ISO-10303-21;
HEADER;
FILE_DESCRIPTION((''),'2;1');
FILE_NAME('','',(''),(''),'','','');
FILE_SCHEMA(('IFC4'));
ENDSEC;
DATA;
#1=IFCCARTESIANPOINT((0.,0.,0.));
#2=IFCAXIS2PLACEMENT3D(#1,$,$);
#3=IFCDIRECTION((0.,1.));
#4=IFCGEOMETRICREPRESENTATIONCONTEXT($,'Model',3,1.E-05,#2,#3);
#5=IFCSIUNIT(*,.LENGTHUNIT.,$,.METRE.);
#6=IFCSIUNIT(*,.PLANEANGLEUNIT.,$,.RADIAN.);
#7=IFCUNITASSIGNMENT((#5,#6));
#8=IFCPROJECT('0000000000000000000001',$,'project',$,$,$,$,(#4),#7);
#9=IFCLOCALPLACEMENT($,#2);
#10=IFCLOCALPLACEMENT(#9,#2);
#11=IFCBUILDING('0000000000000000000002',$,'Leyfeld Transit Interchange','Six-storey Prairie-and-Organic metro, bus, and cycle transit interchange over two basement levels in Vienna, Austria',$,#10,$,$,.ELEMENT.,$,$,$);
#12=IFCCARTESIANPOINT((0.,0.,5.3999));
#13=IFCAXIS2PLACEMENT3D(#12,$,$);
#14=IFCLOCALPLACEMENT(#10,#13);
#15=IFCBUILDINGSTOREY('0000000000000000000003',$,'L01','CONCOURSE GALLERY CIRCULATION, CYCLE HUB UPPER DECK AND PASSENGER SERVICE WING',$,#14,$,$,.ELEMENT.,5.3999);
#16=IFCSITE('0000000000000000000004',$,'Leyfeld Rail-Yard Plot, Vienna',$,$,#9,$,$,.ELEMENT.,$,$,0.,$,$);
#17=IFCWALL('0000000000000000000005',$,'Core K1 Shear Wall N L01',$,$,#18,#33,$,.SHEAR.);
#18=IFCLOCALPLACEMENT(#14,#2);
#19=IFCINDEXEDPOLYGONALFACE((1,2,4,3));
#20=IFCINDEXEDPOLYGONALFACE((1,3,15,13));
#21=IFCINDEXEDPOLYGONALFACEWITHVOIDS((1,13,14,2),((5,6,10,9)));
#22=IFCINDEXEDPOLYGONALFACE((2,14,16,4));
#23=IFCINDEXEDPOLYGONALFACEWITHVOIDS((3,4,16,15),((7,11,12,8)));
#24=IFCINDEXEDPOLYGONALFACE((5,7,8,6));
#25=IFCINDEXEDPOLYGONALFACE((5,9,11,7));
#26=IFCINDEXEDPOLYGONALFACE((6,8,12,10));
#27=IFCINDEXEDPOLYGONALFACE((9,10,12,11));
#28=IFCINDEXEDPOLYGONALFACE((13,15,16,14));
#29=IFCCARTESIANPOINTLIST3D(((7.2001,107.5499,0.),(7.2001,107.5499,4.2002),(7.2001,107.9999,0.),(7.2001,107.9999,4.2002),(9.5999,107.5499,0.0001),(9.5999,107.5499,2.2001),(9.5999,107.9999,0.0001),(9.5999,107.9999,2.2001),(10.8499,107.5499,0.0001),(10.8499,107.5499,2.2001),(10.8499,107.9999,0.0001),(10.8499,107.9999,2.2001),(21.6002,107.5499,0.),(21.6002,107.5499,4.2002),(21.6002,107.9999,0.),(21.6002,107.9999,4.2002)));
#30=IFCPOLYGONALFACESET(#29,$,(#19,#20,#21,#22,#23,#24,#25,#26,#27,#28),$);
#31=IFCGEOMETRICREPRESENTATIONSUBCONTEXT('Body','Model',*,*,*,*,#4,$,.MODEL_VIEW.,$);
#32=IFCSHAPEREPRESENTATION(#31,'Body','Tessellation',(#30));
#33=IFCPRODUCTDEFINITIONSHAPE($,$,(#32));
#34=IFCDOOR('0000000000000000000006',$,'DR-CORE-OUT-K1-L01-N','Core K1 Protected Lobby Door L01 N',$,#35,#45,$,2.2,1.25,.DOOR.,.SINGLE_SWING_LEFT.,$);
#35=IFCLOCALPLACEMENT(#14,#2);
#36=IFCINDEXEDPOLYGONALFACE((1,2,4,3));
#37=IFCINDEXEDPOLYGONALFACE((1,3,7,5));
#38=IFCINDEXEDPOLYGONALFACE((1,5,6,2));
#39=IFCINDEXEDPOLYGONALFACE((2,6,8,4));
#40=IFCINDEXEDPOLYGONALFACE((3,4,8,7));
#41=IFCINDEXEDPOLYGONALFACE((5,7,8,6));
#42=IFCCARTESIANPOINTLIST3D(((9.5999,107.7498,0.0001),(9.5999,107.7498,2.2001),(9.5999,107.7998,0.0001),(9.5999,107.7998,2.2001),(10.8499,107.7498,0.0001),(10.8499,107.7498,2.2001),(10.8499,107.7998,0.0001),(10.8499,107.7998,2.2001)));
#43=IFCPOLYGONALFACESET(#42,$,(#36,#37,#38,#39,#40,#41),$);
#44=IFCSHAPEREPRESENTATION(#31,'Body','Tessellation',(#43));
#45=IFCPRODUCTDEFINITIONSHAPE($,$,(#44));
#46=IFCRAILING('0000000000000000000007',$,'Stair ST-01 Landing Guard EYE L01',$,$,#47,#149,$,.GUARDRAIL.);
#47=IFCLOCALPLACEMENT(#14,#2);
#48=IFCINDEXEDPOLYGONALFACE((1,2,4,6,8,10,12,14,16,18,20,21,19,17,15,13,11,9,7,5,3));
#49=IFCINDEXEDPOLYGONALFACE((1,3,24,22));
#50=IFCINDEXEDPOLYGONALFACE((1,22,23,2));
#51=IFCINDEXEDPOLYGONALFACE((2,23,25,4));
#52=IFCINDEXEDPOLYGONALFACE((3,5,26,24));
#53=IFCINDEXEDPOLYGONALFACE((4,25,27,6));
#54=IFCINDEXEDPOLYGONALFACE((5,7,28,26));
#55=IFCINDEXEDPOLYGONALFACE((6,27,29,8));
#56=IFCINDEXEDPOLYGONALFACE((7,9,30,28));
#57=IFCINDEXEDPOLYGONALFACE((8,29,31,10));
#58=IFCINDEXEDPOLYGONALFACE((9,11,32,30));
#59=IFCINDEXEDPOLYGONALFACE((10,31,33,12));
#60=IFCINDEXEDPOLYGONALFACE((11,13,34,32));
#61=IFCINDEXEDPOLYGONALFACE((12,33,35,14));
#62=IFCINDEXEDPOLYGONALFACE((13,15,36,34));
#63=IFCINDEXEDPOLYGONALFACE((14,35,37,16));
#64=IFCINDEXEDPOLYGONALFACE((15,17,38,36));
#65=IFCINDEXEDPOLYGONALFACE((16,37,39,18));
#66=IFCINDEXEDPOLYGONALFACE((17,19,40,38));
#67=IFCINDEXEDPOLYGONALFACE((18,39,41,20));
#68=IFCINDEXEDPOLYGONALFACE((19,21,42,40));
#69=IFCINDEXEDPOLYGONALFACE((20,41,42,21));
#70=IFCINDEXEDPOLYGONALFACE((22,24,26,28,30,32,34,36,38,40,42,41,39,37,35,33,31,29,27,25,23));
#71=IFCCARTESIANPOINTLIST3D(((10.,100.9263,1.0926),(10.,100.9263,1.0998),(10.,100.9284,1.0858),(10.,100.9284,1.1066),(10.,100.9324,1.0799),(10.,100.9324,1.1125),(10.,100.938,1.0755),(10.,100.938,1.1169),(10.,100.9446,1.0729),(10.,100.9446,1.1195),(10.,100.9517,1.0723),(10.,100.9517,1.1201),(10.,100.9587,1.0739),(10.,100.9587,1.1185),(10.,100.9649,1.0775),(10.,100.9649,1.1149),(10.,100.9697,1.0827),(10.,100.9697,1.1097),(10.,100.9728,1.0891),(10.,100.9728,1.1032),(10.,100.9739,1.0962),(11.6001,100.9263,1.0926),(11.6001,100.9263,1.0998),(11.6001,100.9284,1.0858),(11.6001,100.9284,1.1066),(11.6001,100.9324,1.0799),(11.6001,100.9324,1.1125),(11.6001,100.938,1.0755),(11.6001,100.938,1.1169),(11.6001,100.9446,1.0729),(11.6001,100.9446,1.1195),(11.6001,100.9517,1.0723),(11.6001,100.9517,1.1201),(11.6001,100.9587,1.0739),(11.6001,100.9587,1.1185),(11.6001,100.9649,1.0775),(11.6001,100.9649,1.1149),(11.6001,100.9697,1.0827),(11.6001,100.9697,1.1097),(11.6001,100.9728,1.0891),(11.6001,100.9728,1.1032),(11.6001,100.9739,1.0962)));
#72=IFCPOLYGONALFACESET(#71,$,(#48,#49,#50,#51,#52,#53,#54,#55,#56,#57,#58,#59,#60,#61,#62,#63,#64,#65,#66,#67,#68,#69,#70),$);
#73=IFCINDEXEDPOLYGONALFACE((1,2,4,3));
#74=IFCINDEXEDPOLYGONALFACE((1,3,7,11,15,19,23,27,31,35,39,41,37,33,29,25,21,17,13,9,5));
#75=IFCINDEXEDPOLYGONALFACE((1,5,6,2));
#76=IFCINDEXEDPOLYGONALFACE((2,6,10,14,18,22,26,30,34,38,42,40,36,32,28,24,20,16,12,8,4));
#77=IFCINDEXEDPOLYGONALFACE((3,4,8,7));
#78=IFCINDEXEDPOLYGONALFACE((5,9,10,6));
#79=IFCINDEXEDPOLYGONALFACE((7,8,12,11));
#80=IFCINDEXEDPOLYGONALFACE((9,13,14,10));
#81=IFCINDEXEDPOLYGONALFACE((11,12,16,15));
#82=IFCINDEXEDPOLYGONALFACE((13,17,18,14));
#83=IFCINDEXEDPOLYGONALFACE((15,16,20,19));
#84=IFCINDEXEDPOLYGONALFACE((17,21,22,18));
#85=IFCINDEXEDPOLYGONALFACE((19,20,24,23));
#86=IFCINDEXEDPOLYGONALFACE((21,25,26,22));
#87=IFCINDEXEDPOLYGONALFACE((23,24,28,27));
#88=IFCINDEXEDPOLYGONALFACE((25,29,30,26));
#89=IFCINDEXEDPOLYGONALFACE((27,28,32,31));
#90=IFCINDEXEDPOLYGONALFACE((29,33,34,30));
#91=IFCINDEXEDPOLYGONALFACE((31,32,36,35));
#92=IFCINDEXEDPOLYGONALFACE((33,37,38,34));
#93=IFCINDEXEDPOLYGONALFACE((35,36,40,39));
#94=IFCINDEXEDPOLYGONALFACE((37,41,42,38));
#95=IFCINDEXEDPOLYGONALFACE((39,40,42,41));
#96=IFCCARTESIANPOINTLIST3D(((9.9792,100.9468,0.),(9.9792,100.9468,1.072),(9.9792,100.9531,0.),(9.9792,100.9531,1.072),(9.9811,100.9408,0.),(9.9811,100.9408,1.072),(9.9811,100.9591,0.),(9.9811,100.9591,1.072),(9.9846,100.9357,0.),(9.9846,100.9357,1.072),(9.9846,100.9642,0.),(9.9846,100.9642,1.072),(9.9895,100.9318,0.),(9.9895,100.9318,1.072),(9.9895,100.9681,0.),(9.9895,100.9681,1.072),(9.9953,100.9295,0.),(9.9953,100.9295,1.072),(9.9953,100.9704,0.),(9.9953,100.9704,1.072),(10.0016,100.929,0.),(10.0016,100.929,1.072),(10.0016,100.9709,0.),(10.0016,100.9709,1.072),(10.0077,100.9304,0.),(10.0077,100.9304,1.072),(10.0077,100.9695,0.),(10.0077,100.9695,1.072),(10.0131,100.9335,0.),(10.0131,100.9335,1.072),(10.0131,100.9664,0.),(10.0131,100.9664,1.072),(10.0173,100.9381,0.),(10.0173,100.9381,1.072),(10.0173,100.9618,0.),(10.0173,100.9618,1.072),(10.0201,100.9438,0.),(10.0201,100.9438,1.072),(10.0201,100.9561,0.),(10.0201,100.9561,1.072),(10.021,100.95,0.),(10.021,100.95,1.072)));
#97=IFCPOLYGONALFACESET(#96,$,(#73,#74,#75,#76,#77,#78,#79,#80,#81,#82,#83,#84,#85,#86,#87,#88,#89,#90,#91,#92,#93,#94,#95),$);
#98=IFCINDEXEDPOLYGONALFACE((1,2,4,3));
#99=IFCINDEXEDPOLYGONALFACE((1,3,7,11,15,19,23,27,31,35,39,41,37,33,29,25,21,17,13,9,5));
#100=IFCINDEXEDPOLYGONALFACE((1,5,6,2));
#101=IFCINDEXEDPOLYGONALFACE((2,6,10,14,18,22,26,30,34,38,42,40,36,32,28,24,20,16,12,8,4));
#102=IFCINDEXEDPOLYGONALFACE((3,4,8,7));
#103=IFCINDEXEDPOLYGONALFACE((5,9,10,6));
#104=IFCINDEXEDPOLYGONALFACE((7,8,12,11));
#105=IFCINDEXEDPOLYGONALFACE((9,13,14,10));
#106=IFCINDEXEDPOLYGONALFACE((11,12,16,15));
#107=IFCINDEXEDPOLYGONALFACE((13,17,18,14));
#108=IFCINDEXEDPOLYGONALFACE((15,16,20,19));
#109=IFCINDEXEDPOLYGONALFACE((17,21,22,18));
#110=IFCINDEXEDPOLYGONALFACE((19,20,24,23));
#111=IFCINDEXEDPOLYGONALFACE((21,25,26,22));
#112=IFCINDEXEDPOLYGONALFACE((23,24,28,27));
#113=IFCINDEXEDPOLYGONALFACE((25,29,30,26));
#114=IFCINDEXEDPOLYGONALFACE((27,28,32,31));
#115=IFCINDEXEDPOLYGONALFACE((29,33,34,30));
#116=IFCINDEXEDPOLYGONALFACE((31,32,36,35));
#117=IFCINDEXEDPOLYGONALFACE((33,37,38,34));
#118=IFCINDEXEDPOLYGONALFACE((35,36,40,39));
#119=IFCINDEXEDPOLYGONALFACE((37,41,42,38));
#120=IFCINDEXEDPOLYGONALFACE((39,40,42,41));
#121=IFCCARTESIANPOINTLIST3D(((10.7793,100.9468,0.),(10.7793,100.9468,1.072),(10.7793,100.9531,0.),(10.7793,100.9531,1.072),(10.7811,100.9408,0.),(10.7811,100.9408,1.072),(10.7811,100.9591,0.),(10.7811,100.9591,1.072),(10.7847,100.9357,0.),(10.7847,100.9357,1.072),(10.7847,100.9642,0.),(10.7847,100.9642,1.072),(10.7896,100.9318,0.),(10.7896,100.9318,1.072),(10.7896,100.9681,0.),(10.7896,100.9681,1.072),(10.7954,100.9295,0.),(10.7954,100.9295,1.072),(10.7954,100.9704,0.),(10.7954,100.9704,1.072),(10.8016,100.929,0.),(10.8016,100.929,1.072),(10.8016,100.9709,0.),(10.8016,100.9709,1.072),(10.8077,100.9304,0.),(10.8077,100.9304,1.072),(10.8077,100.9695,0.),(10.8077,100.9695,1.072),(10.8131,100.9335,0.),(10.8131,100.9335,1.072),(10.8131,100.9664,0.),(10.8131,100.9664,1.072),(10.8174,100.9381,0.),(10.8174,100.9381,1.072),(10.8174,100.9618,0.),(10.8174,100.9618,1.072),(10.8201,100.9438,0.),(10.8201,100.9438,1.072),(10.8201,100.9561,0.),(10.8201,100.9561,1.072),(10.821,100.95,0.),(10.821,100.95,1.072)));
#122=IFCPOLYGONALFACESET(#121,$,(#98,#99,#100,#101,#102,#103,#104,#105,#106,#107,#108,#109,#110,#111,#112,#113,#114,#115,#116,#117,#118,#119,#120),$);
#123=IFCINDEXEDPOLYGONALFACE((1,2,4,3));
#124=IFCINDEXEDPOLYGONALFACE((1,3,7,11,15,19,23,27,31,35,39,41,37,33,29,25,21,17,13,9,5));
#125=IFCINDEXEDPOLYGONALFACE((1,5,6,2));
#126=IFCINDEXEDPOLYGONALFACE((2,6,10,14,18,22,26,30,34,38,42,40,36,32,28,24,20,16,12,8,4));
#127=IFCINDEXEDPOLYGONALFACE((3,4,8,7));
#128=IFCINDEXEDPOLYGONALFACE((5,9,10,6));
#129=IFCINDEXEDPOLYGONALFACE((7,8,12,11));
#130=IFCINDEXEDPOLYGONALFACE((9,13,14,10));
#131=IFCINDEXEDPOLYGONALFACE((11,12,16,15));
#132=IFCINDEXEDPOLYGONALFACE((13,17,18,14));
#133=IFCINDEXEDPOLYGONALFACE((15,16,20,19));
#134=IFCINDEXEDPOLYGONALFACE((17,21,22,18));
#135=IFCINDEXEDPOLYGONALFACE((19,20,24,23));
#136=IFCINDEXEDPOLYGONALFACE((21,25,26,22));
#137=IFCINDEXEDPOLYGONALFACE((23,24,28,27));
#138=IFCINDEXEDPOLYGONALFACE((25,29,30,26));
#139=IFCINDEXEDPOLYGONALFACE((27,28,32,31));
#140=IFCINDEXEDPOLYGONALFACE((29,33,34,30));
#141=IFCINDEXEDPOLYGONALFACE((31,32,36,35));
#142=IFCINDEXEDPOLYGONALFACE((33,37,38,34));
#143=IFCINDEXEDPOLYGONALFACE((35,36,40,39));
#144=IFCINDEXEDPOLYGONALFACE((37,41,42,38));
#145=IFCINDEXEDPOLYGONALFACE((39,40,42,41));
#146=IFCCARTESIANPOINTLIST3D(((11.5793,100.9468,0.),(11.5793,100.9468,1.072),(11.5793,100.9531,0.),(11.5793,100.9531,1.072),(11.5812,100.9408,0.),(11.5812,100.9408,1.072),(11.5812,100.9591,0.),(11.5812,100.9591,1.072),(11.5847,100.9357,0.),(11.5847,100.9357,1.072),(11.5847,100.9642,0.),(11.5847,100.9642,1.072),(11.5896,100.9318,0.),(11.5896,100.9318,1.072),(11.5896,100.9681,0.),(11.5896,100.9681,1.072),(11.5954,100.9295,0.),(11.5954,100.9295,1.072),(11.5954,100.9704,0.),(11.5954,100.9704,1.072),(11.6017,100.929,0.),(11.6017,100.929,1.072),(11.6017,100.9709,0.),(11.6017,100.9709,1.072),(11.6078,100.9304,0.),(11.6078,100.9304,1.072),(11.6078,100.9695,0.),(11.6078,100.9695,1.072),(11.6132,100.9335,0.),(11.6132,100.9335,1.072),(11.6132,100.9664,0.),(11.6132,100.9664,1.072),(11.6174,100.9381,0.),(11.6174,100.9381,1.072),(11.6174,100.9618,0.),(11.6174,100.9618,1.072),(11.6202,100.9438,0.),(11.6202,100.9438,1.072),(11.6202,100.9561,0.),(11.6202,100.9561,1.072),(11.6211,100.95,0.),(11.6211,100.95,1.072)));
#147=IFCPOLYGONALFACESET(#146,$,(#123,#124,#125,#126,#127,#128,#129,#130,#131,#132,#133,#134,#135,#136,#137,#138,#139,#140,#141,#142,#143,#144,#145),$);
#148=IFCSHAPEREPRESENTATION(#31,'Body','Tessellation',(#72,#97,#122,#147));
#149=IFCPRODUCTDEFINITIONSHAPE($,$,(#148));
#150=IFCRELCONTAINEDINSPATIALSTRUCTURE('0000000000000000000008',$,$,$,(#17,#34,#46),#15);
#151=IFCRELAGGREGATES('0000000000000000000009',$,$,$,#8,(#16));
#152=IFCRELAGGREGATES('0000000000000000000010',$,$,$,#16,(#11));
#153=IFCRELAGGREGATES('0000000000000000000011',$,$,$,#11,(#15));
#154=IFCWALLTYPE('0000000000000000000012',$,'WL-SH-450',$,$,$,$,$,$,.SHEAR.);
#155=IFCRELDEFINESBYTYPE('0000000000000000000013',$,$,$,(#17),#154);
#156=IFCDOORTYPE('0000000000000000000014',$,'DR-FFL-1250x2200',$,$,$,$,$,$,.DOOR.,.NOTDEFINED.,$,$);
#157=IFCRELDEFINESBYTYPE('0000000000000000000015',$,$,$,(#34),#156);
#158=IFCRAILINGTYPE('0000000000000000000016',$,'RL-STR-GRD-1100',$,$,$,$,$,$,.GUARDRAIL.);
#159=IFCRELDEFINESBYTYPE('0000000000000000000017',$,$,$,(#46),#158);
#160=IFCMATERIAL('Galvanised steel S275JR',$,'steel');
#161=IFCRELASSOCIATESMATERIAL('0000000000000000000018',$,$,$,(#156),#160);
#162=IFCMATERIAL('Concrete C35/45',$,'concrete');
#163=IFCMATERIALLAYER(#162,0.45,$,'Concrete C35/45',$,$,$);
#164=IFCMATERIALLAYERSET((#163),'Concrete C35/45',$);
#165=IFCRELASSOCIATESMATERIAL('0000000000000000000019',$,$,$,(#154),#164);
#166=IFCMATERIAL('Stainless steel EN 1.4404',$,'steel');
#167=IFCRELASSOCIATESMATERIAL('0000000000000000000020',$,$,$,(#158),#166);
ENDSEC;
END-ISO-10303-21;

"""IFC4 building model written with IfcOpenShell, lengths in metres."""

from ifc_helpers import new_model, si_unit, direction, frame, frame_2d, origin, origin_2d, place, context, subcontext, project, spatial, rectangle, circle, extrude, material, layer, layer_set, type_object, element, fill, save


model = new_model("IFC4")

# Units and contexts
model_context = context("Model", 3, precision=1e-05, world=origin(), true_north=direction((0.0, 1.0)))
body_context = subcontext(model_context, "Body", "Model", "MODEL_VIEW")
ifc_project = project(units=[si_unit("LENGTHUNIT", "METRE"), si_unit("PLANEANGLEUNIT", "RADIAN")], contexts=[model_context])

# Site, building, storey
site_placement = place(None, origin())
site = spatial("IfcSite", under=ifc_project, at=site_placement, Name="Leyfeld Rail-Yard Plot, Vienna", CompositionType="ELEMENT", RefElevation=0.0)
building_placement = place(site_placement, origin())
building = spatial("IfcBuilding", under=site, at=building_placement, Name="Leyfeld Transit Interchange", Description="Six-storey Prairie-and-Organic metro, bus, and cycle transit interchange over two basement levels in Vienna, Austria", CompositionType="ELEMENT")
storey_placement = place(building_placement, frame((0.0, 0.0, 5.3999)))
storey = spatial("IfcBuildingStorey", under=building, at=storey_placement, Name="L01", Description="CONCOURSE GALLERY CIRCULATION, CYCLE HUB UPPER DECK AND PASSENGER SERVICE WING", CompositionType="ELEMENT", Elevation=5.3999)

# Shared definitions
ifc_material_1 = material(Name="Concrete C35/45", Category="concrete")

# Wall, opening, door
ifc_material_2 = material(Name="Galvanised steel S275JR", Category="steel")
door_type_1 = type_object("IfcDoorType", Name="DR-FFL-1250x2200", OperationType="NOTDEFINED", PredefinedType="DOOR", material=ifc_material_2)
ifc_layer_1 = layer(ifc_material_1, 0.45, Name="Concrete C35/45")
ifc_layer_set_1 = layer_set([ifc_layer_1], Name="Concrete C35/45")
wall_type_1 = type_object("IfcWallType", Name="WL-SH-450", PredefinedType="SHEAR", material=ifc_layer_set_1)
wall_1_placement = place(storey_placement, frame((7.2, 107.7749, 0.0), z_axis=(0.0, 0.0, 1.0), x_axis=(1.0, 0.0, 0.0)))
wall_1 = element("IfcWall", 1, at=wall_1_placement, inside=storey, type_object=wall_type_1, Name="Core K1 Shear Wall N L01", PredefinedType="SHEAR", context=body_context, shape_type="SweptSolid", body=[
    extrude(rectangle(XDim=14.4001, YDim=0.45, at=frame_2d((7.2002, 0.0))), origin(), (0.0, 0.0, 1.0), 4.2002),
])
opening_1_placement = place(wall_1_placement, frame((2.3999, 0.0, 0.0)))
opening_1 = element("IfcOpeningElement", 2, at=opening_1_placement, cuts=wall_1, PredefinedType="OPENING", context=body_context, shape_type="SweptSolid", body=[
    extrude(rectangle(XDim=1.25, YDim=2.2, at=frame_2d((0.625, 1.1001))), frame((0.0, 0.2349, 0.0), z_axis=(0.0, -1.0, 0.0), x_axis=(1.0, 0.0, 0.0)), (0.0, 0.0, 1.0), 0.47),
])
door_1_placement = place(opening_1_placement, origin())
door_1 = element("IfcDoor", 3, at=door_1_placement, inside=storey, type_object=door_type_1, Name="DR-CORE-OUT-K1-L01-N", Description="Core K1 Protected Lobby Door L01 N", OperationType="SINGLE_SWING_LEFT", OverallHeight=2.2, OverallWidth=1.25, PredefinedType="DOOR", context=body_context, shape_type="SweptSolid", body=[
    extrude(rectangle(XDim=1.25, YDim=2.2, at=frame_2d((0.625, 1.1001))), frame((0.0, 0.0249, 0.0), z_axis=(0.0, -1.0, 0.0), x_axis=(1.0, 0.0, 0.0)), (0.0, 0.0, 1.0), 0.05),
])
fill(opening_1, door_1)

# Railing
ifc_material_3 = material(Name="Stainless steel EN 1.4404", Category="steel")
railing_type = type_object("IfcRailingType", Name="RL-STR-GRD-1100", PredefinedType="GUARDRAIL", material=ifc_material_3)
railing_1_placement = place(storey_placement, frame((10.0, 100.95, 0.0)))
element("IfcRailing", 4, at=railing_1_placement, inside=storey, type_object=railing_type, Name="Stair ST-01 Landing Guard EYE L01", PredefinedType="GUARDRAIL", context=body_context, shape_type="SweptSolid", body=[
    extrude(circle(Radius=0.0239, at=origin_2d()), frame((0.0, 0.0, 1.0962), z_axis=(1.0, 0.0, 0.0), x_axis=(0.0, 1.0, 0.0)), (0.0, 0.0, 1.0), 1.6001),
    extrude(circle(Radius=0.021, at=origin_2d()), origin(), (0.0, 0.0, 1.0), 1.072),
    extrude(circle(Radius=0.021, at=origin_2d()), frame((0.8, 0.0, 0.0)), (0.0, 0.0, 1.0), 1.072),
    extrude(circle(Radius=0.021, at=origin_2d()), frame((1.6001, 0.0, 0.0)), (0.0, 0.0, 1.0), 1.072),
])

save(model, "model.ifc")
